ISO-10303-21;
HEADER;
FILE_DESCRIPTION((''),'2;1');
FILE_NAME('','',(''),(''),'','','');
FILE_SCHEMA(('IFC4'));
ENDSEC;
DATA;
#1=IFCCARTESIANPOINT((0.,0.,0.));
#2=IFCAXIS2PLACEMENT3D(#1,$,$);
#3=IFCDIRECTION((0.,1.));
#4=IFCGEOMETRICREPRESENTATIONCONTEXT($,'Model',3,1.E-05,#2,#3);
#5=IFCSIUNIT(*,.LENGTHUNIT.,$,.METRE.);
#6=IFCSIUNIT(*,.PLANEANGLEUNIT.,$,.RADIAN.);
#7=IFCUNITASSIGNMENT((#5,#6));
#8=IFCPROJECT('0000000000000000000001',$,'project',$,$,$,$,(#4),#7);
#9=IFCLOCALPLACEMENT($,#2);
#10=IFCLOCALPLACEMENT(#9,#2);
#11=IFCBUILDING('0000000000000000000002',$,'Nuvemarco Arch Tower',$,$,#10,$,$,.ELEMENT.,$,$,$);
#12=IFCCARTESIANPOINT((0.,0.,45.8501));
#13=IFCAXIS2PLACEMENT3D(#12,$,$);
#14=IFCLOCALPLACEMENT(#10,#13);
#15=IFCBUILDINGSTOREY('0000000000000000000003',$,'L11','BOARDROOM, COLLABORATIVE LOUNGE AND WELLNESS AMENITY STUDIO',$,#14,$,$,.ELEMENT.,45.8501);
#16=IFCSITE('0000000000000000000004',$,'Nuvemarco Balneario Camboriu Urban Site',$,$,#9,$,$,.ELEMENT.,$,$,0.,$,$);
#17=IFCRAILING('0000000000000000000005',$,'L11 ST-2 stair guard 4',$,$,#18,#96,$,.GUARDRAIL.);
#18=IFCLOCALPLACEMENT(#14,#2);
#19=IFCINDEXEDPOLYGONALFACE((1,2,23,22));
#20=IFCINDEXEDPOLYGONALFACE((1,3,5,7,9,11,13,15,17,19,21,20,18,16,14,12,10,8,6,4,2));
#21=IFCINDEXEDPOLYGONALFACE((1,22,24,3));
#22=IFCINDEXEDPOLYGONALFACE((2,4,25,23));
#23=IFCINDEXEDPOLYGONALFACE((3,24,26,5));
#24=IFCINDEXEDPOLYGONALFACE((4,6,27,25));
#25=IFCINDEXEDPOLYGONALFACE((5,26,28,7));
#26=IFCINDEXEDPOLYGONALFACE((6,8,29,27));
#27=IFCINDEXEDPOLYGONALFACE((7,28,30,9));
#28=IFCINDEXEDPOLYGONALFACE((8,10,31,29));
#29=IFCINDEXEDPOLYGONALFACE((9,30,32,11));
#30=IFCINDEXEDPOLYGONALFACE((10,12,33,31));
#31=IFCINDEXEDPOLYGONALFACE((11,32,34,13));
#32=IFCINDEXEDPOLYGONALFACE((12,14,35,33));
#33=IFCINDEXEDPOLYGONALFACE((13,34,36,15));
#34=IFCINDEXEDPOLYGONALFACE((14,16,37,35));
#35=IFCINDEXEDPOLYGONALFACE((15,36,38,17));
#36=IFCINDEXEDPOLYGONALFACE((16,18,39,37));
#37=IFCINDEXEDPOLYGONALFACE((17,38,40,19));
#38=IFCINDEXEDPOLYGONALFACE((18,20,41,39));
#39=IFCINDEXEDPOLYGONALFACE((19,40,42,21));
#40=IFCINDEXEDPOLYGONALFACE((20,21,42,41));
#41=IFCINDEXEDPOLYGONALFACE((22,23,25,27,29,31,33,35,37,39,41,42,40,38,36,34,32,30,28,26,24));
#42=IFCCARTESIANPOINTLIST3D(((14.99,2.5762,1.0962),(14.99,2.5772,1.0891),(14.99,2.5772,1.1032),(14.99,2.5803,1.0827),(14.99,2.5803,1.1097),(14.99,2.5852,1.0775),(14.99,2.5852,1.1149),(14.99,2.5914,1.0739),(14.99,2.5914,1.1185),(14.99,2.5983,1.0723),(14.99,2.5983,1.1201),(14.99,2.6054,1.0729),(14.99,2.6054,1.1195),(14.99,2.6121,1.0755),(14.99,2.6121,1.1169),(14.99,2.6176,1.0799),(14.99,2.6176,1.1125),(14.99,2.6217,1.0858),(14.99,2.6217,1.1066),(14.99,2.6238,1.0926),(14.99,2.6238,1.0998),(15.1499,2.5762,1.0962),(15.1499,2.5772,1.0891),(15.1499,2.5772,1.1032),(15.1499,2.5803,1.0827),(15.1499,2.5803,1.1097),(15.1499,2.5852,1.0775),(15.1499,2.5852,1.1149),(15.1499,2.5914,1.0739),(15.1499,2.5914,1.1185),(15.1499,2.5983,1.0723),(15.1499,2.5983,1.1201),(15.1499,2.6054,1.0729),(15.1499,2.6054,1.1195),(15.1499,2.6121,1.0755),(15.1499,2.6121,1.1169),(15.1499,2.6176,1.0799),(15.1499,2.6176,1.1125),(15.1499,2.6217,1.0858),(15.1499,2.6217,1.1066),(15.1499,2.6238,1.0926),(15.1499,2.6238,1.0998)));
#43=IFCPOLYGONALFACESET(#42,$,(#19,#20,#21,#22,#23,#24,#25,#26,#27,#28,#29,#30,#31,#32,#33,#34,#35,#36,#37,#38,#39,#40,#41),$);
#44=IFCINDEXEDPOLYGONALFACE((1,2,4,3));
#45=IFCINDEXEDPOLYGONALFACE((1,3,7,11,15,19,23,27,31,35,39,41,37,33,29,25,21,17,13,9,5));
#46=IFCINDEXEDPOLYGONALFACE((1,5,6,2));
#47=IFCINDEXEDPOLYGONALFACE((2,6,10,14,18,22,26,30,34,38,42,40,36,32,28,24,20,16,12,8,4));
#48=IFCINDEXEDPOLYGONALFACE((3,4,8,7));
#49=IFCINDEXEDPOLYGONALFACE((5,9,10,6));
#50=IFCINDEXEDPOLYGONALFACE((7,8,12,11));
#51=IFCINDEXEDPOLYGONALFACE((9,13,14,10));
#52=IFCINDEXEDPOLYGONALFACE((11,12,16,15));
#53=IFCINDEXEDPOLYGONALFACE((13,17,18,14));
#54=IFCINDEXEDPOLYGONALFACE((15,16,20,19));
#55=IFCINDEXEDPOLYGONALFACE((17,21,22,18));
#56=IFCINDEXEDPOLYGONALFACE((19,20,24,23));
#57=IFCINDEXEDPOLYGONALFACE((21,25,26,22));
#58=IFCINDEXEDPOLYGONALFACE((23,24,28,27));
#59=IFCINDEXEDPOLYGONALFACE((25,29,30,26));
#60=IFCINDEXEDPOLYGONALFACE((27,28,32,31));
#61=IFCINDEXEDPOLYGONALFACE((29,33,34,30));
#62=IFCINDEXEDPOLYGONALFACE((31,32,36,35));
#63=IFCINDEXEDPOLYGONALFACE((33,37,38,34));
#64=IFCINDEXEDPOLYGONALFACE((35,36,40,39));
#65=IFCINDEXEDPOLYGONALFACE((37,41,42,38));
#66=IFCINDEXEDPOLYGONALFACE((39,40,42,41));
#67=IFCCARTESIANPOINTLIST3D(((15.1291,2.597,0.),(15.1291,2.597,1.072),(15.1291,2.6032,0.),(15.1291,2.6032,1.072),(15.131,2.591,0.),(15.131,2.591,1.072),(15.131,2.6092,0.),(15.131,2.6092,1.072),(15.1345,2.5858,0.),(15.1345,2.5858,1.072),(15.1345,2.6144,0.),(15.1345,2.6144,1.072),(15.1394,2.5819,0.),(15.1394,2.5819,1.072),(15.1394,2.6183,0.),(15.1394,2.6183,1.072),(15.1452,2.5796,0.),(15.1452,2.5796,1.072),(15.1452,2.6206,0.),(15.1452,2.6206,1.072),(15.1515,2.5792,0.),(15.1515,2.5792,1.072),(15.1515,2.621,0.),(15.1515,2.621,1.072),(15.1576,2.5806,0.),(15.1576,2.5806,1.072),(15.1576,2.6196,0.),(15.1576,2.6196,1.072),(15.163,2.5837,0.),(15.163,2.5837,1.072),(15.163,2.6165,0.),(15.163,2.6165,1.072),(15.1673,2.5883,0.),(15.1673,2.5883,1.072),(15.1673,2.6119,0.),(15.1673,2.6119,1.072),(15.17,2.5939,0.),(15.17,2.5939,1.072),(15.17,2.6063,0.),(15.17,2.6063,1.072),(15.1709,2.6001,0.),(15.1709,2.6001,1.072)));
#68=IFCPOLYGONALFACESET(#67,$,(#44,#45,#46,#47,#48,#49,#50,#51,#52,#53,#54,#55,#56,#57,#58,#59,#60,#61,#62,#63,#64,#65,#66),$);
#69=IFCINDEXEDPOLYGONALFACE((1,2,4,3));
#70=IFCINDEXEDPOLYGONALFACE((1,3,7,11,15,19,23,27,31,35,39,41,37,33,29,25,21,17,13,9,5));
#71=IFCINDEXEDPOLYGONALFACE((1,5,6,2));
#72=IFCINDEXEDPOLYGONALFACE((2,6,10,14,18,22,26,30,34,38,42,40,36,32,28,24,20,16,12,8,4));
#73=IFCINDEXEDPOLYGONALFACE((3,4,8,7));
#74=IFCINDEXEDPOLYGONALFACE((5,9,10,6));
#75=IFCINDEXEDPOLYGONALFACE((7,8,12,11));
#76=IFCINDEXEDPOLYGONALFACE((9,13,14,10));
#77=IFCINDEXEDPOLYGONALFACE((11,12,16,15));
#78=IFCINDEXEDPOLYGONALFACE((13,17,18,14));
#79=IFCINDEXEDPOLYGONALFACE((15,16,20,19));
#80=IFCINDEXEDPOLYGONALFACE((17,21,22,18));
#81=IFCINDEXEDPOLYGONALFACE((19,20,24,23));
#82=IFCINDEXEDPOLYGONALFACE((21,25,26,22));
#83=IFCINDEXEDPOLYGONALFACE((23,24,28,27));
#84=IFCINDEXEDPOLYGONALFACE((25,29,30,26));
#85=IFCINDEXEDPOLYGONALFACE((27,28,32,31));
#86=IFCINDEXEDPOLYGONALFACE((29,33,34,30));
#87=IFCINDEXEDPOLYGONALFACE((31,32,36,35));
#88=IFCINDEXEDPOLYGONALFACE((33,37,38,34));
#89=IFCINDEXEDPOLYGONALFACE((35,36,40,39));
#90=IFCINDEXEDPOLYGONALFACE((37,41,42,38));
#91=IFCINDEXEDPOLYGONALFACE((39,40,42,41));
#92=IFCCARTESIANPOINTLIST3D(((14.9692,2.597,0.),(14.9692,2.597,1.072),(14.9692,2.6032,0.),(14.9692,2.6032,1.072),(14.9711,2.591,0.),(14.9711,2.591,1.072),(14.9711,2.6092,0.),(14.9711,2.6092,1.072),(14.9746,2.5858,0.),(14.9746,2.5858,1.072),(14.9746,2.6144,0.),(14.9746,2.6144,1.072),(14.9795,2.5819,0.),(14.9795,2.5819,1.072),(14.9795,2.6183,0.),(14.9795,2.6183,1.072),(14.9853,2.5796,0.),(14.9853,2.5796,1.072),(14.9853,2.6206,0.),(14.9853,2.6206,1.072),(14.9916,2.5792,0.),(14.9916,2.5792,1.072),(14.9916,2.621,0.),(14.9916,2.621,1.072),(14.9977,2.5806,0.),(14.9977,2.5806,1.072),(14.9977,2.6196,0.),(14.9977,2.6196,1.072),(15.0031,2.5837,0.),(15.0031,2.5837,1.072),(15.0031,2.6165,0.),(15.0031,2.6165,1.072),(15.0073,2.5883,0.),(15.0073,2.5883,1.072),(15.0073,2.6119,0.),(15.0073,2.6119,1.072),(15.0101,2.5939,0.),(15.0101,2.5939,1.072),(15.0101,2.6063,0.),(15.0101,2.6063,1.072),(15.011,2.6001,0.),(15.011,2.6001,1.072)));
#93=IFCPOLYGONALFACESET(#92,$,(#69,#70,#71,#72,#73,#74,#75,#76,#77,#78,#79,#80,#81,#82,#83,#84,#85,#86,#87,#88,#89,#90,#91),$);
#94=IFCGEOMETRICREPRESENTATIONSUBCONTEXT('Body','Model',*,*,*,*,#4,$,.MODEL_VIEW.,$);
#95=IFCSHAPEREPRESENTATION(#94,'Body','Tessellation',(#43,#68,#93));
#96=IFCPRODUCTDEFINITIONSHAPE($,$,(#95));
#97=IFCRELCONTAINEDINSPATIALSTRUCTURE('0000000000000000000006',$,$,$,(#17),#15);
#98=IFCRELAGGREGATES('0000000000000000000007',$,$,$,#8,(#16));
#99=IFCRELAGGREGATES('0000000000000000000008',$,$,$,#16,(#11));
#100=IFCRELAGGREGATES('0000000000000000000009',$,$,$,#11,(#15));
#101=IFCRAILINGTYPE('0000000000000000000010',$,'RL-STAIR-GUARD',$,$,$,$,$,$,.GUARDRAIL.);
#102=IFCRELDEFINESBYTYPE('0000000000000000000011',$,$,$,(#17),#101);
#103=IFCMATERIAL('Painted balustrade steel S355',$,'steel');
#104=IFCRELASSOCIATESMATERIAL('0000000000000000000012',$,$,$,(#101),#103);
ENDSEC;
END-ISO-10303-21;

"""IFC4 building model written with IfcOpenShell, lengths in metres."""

from ifc_helpers import new_model, si_unit, direction, frame, origin, origin_2d, place, context, subcontext, project, spatial, circle, extrude, material, type_object, element, save


model = new_model("IFC4")

# Units and contexts
model_context = context("Model", 3, precision=1e-05, world=origin(), true_north=direction((0.0, 1.0)))
body_context = subcontext(model_context, "Body", "Model", "MODEL_VIEW")
ifc_project = project(units=[si_unit("LENGTHUNIT", "METRE"), si_unit("PLANEANGLEUNIT", "RADIAN")], contexts=[model_context])

# Site, building, storey
site_placement = place(None, origin())
site = spatial("IfcSite", under=ifc_project, at=site_placement, Name="Nuvemarco Balneario Camboriu Urban Site", CompositionType="ELEMENT", RefElevation=0.0)
building_placement = place(site_placement, origin())
building = spatial("IfcBuilding", under=site, at=building_placement, Name="Nuvemarco Arch Tower", CompositionType="ELEMENT")
storey_placement = place(building_placement, frame((0.0, 0.0, 45.8501)))
storey = spatial("IfcBuildingStorey", under=building, at=storey_placement, Name="L11", Description="BOARDROOM, COLLABORATIVE LOUNGE AND WELLNESS AMENITY STUDIO", CompositionType="ELEMENT", Elevation=45.8501)

# Railing
ifc_material_1 = material(Name="Painted balustrade steel S355", Category="steel")
railing_type_1 = type_object("IfcRailingType", Name="RL-STAIR-GUARD", PredefinedType="GUARDRAIL", material=ifc_material_1)
railing_1_placement = place(storey_placement, frame((15.1499, 2.6001, 0.0)))
element("IfcRailing", 1, at=railing_1_placement, inside=storey, type_object=railing_type_1, Name="L11 ST-2 stair guard 4", PredefinedType="GUARDRAIL", context=body_context, shape_type="SweptSolid", body=[
    extrude(circle(Radius=0.0239, at=origin_2d()), frame((0.0, 0.0, 1.0962), z_axis=(-1.0, 0.0, 0.0), x_axis=(0.0, -1.0, 0.0)), (0.0, 0.0, 1.0), 0.1599),
    extrude(circle(Radius=0.021, at=origin_2d()), origin(), (0.0, 0.0, 1.0), 1.072),
    extrude(circle(Radius=0.021, at=origin_2d()), frame((-0.1599, 0.0, 0.0)), (0.0, 0.0, 1.0), 1.072),
])

save(model, "model.ifc")
